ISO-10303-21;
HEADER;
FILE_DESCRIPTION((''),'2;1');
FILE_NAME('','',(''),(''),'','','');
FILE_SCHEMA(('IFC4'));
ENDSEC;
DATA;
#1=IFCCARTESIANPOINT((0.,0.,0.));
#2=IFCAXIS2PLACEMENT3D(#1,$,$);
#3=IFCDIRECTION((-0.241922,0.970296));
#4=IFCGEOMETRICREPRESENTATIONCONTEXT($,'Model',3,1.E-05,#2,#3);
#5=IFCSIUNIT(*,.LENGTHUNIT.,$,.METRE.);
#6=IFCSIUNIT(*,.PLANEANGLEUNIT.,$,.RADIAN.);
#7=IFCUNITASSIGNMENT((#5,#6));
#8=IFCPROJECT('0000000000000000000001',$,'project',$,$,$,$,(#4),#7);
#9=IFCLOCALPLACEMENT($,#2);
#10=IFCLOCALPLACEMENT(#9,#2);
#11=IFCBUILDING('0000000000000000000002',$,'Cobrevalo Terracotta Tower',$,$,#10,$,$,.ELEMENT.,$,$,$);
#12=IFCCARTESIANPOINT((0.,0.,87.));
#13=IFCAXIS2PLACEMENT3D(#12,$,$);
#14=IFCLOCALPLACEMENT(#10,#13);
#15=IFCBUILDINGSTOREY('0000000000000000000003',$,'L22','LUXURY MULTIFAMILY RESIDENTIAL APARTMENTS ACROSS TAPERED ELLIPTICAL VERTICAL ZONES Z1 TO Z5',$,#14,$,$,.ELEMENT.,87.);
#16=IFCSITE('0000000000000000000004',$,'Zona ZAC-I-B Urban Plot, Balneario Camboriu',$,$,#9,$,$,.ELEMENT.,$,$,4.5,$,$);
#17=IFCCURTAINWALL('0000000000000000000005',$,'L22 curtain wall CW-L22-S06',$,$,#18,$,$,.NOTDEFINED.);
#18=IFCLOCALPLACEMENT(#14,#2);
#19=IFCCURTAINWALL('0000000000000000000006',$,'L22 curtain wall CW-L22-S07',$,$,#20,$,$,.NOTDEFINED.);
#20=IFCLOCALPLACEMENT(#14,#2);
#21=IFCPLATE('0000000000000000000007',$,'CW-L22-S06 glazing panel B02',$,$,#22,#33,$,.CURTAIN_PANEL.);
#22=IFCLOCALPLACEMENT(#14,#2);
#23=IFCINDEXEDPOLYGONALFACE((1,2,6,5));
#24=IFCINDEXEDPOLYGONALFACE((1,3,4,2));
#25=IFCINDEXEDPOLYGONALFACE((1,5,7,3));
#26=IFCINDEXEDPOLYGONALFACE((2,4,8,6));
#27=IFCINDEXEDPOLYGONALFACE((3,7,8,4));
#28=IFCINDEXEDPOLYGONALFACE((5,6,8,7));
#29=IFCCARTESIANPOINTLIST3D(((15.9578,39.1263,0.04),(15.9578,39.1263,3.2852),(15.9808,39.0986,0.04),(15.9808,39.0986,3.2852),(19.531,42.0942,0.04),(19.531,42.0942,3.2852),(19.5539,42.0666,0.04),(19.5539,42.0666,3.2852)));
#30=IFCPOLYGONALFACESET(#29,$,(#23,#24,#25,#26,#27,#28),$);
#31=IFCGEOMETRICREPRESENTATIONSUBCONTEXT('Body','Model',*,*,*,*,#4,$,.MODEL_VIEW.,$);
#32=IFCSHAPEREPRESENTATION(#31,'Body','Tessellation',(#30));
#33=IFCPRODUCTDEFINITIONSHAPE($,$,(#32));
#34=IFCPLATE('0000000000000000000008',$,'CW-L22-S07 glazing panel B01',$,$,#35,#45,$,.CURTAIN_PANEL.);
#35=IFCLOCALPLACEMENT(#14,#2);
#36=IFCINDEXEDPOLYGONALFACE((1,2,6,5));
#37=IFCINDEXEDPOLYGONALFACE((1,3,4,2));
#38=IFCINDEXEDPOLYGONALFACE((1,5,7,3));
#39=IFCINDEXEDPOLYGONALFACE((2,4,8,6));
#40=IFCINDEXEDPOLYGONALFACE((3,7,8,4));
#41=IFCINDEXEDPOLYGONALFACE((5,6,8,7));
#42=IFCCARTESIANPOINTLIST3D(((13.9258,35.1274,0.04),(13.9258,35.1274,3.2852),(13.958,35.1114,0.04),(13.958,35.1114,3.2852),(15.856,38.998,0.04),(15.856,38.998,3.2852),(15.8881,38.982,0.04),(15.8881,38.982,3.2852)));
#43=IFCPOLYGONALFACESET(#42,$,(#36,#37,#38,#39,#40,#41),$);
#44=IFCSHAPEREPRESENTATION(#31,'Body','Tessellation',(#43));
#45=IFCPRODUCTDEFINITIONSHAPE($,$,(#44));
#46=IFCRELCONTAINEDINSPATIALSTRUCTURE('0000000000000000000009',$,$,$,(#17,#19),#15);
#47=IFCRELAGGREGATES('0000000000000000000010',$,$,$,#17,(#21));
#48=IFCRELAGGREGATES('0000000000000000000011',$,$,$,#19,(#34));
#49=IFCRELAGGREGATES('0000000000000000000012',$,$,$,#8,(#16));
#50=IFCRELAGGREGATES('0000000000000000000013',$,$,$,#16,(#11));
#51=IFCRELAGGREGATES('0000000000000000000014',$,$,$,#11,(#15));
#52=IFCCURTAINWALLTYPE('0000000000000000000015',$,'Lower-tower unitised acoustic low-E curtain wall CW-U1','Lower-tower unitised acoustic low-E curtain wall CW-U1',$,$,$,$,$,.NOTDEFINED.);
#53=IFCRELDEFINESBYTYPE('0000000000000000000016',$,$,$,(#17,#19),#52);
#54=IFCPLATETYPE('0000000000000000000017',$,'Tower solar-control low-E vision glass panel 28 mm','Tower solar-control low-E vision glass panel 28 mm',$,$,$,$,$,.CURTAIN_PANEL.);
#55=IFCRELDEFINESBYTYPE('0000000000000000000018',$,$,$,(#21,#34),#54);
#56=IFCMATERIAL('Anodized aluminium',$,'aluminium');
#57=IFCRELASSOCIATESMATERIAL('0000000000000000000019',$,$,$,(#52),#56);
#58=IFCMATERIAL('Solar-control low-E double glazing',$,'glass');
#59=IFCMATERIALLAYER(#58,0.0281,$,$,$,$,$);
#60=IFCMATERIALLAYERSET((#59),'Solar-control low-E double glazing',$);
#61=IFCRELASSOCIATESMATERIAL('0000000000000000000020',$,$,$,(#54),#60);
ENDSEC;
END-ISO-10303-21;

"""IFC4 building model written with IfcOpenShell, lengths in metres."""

from ifc_helpers import new_model, si_unit, direction, frame, origin, origin_2d, place, context, subcontext, project, spatial, rectangle, extrude, source, transform, mapped, material, layer, layer_set, type_object, element, aggregate, save


model = new_model("IFC4")

# Units and contexts
model_context = context("Model", 3, precision=1e-05, world=origin(), true_north=direction((-0.241922, 0.970296)))
body_context = subcontext(model_context, "Body", "Model", "MODEL_VIEW")
ifc_project = project(units=[si_unit("LENGTHUNIT", "METRE"), si_unit("PLANEANGLEUNIT", "RADIAN")], contexts=[model_context])

# Site, building, storey
site_placement = place(None, origin())
site = spatial("IfcSite", under=ifc_project, at=site_placement, Name="Zona ZAC-I-B Urban Plot, Balneario Camboriu", CompositionType="ELEMENT", RefElevation=4.5)
building_placement = place(site_placement, origin())
building = spatial("IfcBuilding", under=site, at=building_placement, Name="Cobrevalo Terracotta Tower", CompositionType="ELEMENT")
storey_placement = place(building_placement, frame((0.0, 0.0, 87.0)))
storey = spatial("IfcBuildingStorey", under=building, at=storey_placement, Name="L22", Description="LUXURY MULTIFAMILY RESIDENTIAL APARTMENTS ACROSS TAPERED ELLIPTICAL VERTICAL ZONES Z1 TO Z5", CompositionType="ELEMENT", Elevation=87.0)

# Curtain walls
ifc_material_1 = material(Name="Anodized aluminium", Category="aluminium")
curtain_wall_type = type_object("IfcCurtainWallType", Name="Lower-tower unitised acoustic low-E curtain wall CW-U1", Description="Lower-tower unitised acoustic low-E curtain wall CW-U1", PredefinedType="NOTDEFINED", material=ifc_material_1)
curtain_wall_1_placement = place(storey_placement, origin())
curtain_wall_1 = element("IfcCurtainWall", 1, at=curtain_wall_1_placement, inside=storey, type_object=curtain_wall_type, Name="L22 curtain wall CW-L22-S06", PredefinedType="NOTDEFINED")
curtain_wall_2_placement = place(storey_placement, origin())
curtain_wall_2 = element("IfcCurtainWall", 2, at=curtain_wall_2_placement, inside=storey, type_object=curtain_wall_type, Name="L22 curtain wall CW-L22-S07", PredefinedType="NOTDEFINED")

# Plates
ifc_material_2 = material(Name="Solar-control low-E double glazing", Category="glass")
ifc_layer = layer(ifc_material_2, 0.0281)
ifc_layer_set = layer_set([ifc_layer], Name="Solar-control low-E double glazing")
plate_type = type_object("IfcPlateType", Name="Tower solar-control low-E vision glass panel 28 mm", Description="Tower solar-control low-E vision glass panel 28 mm", PredefinedType="CURTAIN_PANEL", material=ifc_layer_set)
shared_shape_1 = source(origin(), body_context, "Body", "SweptSolid", [
    extrude(rectangle(XDim=4.645, YDim=0.0359, at=origin_2d()), origin(), (0.0, 0.0, 1.0), 3.2451),
])
plate_1_placement = place(storey_placement, frame((17.7559, 40.5964, 0.04), z_axis=(0.0, 0.0, 1.0), x_axis=(-0.769241, -0.638958, 0.0)))
plate_1 = element("IfcPlate", 3, at=plate_1_placement, type_object=plate_type, Name="CW-L22-S06 glazing panel B02", PredefinedType="CURTAIN_PANEL", context=body_context, shape_type="MappedRepresentation", body=[
    mapped(shared_shape_1, transform((0.0, 0.0, 0.0), scale=1.0)),
])
aggregate(curtain_wall_1, [plate_1])
shared_shape_2 = source(origin(), body_context, "Body", "SweptSolid", [
    extrude(rectangle(XDim=4.3252, YDim=0.0359, at=origin_2d()), origin(), (0.0, 0.0, 1.0), 3.2451),
])
plate_2_placement = place(storey_placement, frame((14.907, 37.0547, 0.04), z_axis=(0.0, 0.0, 1.0), x_axis=(-0.446262, -0.894902, 0.0)))
plate_2 = element("IfcPlate", 4, at=plate_2_placement, type_object=plate_type, Name="CW-L22-S07 glazing panel B01", PredefinedType="CURTAIN_PANEL", context=body_context, shape_type="MappedRepresentation", body=[
    mapped(shared_shape_2, transform((0.0, 0.0, 0.0), scale=1.0)),
])
aggregate(curtain_wall_2, [plate_2])

save(model, "model.ifc")
